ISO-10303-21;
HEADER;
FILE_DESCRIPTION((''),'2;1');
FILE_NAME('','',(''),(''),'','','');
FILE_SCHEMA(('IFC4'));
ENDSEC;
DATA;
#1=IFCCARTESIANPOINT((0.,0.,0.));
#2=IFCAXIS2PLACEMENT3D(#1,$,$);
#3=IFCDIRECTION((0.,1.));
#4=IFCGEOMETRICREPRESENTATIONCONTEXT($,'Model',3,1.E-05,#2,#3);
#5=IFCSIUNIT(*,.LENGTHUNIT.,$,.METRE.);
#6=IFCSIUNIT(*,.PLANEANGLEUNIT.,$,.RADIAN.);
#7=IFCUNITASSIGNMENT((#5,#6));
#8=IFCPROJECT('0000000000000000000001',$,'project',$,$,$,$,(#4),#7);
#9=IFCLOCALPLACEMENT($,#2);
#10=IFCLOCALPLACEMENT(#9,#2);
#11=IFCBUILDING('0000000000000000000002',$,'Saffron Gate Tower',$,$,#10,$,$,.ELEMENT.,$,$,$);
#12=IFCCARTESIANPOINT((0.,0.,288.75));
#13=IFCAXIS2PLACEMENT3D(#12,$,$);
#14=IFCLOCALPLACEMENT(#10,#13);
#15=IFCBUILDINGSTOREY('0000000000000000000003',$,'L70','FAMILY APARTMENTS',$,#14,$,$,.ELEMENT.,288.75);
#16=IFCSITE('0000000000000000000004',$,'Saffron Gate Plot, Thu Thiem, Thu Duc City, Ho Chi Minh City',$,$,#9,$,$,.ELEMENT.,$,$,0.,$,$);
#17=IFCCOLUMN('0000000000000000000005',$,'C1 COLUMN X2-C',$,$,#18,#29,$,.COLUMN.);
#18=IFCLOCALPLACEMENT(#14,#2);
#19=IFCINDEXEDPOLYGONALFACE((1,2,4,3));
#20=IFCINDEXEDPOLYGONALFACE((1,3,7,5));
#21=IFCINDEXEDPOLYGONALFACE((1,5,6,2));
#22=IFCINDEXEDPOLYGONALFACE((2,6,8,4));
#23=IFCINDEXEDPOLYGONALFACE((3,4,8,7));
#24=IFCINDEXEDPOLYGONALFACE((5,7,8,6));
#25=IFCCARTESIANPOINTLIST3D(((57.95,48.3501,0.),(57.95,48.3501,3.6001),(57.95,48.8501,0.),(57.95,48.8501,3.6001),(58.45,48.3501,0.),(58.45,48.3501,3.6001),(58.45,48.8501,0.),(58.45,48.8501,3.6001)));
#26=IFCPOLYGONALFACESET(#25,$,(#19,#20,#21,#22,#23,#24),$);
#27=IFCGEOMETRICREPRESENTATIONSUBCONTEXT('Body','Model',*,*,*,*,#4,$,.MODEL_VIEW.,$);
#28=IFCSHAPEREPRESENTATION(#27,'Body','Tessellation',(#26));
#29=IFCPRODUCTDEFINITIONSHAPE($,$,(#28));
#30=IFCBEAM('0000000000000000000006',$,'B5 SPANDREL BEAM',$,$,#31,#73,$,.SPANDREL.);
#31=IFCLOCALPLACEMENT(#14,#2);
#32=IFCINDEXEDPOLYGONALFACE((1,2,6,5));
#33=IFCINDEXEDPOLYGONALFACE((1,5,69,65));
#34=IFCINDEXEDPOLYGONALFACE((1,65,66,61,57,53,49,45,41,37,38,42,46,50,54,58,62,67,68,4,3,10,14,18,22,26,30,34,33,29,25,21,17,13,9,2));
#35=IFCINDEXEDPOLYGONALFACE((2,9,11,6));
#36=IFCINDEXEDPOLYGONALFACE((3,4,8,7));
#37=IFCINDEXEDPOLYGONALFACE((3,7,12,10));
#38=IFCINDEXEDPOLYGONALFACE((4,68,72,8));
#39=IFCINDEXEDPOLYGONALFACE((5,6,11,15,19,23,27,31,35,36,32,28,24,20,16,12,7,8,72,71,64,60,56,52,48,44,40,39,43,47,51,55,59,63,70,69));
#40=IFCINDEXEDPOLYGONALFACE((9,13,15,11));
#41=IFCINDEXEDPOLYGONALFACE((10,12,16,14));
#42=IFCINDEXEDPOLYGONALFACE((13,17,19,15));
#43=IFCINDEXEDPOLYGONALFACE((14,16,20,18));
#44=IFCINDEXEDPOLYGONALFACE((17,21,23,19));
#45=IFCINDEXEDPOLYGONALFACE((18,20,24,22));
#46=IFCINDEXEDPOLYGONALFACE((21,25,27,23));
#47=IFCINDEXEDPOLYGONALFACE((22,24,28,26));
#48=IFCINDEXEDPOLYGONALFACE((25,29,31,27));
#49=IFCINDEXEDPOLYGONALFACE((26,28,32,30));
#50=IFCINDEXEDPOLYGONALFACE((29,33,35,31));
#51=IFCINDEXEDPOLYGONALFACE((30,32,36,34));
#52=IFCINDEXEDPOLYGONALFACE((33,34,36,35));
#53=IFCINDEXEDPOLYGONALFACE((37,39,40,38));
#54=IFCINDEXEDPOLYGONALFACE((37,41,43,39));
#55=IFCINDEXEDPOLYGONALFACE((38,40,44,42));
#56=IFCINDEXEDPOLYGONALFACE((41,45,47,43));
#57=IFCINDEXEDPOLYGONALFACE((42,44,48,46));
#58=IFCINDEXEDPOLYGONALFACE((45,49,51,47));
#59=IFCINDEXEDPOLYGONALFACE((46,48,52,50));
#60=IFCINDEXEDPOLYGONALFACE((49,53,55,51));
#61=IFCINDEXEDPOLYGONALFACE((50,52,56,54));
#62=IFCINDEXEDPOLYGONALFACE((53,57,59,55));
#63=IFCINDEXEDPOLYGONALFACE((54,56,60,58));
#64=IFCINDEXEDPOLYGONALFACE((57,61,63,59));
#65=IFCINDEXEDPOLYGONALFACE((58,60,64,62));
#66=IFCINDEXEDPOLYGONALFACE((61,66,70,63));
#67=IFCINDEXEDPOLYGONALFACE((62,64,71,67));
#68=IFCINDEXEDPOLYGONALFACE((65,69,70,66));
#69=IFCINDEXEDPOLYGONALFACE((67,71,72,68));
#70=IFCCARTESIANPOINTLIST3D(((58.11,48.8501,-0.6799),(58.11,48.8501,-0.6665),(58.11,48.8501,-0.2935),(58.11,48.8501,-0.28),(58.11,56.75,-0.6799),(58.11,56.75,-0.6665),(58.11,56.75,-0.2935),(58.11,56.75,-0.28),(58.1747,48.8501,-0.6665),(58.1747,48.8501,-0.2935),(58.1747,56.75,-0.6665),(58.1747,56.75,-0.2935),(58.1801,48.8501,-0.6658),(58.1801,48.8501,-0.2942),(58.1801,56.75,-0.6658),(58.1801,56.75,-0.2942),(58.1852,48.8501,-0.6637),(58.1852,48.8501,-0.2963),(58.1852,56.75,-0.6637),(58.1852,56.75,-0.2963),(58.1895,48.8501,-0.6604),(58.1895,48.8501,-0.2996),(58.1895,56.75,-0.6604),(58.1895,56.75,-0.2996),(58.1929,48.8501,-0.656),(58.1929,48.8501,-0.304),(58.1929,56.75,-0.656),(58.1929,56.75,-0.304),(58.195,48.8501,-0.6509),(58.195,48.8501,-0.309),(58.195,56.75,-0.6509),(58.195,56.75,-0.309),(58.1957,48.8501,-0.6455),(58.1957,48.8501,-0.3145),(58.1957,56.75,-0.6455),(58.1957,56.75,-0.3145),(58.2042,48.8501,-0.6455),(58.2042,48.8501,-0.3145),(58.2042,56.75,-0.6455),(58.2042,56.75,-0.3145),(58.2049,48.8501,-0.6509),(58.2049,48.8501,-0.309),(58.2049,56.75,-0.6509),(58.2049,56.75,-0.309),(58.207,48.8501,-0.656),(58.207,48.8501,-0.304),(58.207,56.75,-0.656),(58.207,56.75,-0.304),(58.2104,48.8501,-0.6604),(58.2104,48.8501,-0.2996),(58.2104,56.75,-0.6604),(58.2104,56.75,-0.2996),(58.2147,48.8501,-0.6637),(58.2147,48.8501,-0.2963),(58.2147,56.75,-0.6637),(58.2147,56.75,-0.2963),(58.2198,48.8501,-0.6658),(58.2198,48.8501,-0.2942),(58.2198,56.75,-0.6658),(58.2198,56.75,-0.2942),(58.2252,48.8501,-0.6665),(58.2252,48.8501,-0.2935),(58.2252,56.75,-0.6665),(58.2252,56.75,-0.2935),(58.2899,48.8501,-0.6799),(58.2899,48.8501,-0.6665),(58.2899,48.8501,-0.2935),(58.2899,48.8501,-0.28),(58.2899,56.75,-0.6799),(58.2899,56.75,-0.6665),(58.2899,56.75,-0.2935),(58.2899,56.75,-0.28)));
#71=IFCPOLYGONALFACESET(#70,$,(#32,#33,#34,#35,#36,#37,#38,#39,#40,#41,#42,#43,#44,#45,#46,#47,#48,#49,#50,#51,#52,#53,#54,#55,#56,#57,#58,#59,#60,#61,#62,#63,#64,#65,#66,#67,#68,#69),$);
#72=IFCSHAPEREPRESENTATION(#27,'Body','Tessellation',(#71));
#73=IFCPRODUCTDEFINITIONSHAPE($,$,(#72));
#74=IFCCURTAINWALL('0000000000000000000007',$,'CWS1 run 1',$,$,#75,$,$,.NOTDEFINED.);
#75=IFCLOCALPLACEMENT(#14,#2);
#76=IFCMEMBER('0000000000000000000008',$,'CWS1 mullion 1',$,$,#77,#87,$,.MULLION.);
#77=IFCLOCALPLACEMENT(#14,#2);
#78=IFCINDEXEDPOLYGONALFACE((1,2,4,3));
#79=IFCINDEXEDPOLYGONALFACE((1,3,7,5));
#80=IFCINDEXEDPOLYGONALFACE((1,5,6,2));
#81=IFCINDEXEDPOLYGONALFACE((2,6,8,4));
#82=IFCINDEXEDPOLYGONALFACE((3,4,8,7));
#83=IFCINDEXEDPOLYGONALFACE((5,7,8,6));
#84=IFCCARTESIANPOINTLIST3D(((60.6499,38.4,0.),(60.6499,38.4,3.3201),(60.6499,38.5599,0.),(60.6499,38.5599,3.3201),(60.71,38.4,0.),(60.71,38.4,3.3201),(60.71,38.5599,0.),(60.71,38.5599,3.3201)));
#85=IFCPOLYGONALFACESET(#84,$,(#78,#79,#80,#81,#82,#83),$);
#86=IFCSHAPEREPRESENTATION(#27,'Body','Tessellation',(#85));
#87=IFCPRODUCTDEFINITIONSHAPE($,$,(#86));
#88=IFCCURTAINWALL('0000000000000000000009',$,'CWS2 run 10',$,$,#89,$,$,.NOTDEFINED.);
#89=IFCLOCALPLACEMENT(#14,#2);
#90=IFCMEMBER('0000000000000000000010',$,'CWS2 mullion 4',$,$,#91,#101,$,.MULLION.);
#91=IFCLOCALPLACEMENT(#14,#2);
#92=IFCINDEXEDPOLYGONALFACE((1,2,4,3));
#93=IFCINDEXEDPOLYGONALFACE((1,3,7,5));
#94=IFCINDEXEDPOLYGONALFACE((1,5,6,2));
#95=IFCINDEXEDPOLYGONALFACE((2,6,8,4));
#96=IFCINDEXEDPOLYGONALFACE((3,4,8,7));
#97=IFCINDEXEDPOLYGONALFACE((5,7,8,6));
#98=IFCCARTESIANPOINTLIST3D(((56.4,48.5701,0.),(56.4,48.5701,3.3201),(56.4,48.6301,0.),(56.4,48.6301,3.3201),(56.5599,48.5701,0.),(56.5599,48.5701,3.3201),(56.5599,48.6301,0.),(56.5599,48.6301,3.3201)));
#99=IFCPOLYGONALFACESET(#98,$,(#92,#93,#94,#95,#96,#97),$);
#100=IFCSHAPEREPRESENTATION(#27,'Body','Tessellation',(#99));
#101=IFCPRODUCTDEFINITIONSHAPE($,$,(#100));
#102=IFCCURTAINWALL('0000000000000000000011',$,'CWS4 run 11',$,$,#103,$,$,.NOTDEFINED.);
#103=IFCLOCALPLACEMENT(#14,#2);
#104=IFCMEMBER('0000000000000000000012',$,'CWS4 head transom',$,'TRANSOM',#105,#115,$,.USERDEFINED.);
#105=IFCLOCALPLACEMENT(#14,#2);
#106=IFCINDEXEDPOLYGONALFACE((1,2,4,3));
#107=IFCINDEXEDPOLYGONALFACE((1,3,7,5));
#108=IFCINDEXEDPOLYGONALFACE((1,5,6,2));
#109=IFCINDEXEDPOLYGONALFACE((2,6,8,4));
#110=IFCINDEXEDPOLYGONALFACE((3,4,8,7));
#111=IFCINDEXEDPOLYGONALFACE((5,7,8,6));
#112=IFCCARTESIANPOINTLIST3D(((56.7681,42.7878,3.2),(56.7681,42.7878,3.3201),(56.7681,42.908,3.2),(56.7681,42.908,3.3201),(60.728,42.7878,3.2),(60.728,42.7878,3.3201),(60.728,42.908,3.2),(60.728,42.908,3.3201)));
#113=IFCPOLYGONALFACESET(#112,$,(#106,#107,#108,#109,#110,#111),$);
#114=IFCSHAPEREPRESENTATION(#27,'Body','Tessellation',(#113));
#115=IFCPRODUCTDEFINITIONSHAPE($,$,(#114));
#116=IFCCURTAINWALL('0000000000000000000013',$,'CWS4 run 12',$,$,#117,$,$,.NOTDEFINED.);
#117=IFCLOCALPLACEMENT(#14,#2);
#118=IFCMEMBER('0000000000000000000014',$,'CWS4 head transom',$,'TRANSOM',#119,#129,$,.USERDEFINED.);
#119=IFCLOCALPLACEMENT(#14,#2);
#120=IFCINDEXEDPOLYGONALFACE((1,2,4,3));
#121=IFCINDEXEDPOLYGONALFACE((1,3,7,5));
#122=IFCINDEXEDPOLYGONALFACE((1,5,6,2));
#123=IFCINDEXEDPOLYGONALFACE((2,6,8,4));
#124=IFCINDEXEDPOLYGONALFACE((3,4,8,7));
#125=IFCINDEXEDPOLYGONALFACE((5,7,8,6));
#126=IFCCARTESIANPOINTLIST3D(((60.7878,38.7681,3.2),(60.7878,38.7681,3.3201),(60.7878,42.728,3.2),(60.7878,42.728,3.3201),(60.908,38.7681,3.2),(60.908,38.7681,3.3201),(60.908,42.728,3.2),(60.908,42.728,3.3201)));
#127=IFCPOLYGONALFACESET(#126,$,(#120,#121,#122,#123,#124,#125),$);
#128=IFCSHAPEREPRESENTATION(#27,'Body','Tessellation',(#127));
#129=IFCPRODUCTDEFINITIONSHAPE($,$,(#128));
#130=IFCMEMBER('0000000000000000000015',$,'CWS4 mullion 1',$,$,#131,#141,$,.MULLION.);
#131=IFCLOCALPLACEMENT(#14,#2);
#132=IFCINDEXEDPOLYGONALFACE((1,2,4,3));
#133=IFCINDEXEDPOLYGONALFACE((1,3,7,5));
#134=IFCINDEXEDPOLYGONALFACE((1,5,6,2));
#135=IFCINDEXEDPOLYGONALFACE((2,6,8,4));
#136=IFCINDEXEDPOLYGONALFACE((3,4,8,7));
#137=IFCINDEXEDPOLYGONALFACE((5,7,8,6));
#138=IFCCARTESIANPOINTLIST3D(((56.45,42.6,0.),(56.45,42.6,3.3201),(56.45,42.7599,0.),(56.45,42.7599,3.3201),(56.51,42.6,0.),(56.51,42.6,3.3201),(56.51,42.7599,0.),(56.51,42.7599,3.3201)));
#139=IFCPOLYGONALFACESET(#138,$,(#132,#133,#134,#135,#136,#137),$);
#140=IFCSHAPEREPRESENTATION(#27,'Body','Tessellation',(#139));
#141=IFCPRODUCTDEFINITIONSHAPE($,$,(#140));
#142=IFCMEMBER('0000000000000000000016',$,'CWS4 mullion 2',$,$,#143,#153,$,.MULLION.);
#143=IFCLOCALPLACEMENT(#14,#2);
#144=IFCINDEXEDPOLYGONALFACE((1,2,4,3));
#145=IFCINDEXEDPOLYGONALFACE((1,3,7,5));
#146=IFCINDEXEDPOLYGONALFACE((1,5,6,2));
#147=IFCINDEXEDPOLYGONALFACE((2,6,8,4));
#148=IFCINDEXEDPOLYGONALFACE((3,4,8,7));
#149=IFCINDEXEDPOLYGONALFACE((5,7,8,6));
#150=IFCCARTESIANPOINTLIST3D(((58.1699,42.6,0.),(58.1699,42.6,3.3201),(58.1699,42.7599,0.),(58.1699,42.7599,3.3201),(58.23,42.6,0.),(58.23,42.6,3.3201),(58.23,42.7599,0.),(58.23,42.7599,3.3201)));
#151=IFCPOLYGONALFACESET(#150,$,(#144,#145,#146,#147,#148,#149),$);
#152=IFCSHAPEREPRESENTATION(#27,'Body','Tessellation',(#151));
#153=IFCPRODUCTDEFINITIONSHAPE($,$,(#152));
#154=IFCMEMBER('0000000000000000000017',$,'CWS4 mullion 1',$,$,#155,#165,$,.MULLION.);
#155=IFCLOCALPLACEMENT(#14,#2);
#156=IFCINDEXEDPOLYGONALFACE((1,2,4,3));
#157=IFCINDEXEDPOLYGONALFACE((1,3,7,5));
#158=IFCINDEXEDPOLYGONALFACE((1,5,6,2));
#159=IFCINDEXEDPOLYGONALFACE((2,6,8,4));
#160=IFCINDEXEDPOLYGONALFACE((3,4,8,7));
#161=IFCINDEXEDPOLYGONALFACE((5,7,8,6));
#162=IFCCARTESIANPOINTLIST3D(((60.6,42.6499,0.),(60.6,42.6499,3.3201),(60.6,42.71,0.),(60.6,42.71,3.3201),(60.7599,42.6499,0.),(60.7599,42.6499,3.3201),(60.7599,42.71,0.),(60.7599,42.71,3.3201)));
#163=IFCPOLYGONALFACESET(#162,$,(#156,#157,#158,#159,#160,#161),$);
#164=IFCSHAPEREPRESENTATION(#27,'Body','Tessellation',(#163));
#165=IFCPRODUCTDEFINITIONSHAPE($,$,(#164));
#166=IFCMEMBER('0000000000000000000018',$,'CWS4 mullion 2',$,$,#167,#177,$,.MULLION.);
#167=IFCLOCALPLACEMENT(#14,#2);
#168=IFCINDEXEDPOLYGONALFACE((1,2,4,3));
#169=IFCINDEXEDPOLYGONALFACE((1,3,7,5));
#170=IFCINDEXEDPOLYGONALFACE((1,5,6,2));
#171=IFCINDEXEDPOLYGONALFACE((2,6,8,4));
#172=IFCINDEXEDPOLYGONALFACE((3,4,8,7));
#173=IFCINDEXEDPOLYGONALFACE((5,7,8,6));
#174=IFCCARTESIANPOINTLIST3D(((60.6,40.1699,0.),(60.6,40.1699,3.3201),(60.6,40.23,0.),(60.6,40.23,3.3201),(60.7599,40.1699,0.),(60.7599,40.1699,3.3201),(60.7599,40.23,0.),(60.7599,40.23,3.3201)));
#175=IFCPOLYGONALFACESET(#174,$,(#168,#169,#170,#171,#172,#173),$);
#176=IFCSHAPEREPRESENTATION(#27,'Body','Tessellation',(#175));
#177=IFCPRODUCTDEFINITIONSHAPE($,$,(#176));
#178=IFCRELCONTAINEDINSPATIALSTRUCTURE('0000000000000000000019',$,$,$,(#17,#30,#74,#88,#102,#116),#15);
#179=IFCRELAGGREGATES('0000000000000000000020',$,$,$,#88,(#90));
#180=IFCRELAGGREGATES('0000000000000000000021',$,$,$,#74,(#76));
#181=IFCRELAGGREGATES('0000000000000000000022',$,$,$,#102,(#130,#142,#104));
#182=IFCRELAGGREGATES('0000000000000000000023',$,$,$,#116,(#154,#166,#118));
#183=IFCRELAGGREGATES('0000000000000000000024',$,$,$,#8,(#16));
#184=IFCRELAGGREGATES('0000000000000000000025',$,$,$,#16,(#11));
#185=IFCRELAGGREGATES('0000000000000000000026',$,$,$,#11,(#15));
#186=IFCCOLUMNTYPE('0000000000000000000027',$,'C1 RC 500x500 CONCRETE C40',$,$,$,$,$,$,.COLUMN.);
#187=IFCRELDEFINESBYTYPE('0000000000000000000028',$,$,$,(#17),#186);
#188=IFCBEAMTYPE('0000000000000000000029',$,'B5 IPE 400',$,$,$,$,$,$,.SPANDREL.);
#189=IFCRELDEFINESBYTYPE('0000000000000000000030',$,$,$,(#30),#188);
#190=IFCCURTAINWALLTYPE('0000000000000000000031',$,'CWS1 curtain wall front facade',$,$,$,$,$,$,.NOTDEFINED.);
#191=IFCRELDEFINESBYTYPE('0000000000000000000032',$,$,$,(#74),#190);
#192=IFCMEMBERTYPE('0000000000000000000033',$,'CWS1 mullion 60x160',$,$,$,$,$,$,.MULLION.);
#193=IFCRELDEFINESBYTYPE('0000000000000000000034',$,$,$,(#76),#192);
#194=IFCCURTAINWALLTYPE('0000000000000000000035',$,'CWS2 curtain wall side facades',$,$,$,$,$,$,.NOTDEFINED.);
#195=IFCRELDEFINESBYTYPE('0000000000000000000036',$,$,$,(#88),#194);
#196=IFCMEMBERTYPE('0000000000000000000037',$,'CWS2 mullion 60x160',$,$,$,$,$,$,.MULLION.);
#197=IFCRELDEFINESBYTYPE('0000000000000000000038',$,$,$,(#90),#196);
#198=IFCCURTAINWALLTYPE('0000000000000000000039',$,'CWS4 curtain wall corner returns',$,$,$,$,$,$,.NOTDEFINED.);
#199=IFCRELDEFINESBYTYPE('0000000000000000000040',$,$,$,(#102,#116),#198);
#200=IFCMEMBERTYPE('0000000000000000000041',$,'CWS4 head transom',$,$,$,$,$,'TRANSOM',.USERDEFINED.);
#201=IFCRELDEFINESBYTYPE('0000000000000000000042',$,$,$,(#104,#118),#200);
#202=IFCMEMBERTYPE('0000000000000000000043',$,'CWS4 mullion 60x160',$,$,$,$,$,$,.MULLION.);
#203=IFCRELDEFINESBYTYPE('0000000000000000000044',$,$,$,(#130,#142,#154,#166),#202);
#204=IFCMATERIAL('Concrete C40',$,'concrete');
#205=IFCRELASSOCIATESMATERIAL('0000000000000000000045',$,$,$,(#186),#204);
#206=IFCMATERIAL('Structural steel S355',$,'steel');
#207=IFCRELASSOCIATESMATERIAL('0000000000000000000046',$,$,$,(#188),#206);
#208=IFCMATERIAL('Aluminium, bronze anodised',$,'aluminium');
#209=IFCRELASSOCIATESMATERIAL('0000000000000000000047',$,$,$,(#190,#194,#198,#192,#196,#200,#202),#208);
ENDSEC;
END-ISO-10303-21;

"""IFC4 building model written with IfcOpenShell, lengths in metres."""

from ifc_helpers import new_model, si_unit, direction, frame, origin, origin_2d, place, context, subcontext, project, spatial, rectangle, i_section, extrude, material, material_profile, profile_set, type_object, element, aggregate, save


model = new_model("IFC4")

# Units and contexts
model_context = context("Model", 3, precision=1e-05, world=origin(), true_north=direction((0.0, 1.0)))
body_context = subcontext(model_context, "Body", "Model", "MODEL_VIEW")
ifc_project = project(units=[si_unit("LENGTHUNIT", "METRE"), si_unit("PLANEANGLEUNIT", "RADIAN")], contexts=[model_context])

# Site, building, storey
site_placement = place(None, origin())
site = spatial("IfcSite", under=ifc_project, at=site_placement, Name="Saffron Gate Plot, Thu Thiem, Thu Duc City, Ho Chi Minh City", CompositionType="ELEMENT", RefElevation=0.0)
building_placement = place(site_placement, origin())
building = spatial("IfcBuilding", under=site, at=building_placement, Name="Saffron Gate Tower", CompositionType="ELEMENT")
storey_placement = place(building_placement, frame((0.0, 0.0, 288.75)))
storey = spatial("IfcBuildingStorey", under=building, at=storey_placement, Name="L70", Description="FAMILY APARTMENTS", CompositionType="ELEMENT", Elevation=288.75)

# Column
ifc_material_1 = material(Name="Concrete C40", Category="concrete")
ifc_material_profile_1 = material_profile(ifc_material_1, rectangle(XDim=0.5, YDim=0.5, at=origin_2d()))
ifc_profile_set_1 = profile_set([ifc_material_profile_1], Name="Concrete C40")
column_type = type_object("IfcColumnType", Name="C1 RC 500x500 CONCRETE C40", PredefinedType="COLUMN", material=ifc_profile_set_1)
column_placement = place(storey_placement, frame((58.2, 48.6001, 0.0), z_axis=(0.0, 0.0, 1.0), x_axis=(1.0, 0.0, 0.0)))
element("IfcColumn", 1, at=column_placement, inside=storey, type_object=column_type, Name="C1 COLUMN X2-C", PredefinedType="COLUMN", context=body_context, shape_type="SweptSolid", body=[
    extrude(rectangle(XDim=0.5, YDim=0.5, at=origin_2d()), origin(), (0.0, 0.0, 1.0), 3.6001),
])

# Beam
ifc_material_2 = material(Name="Structural steel S355", Category="steel")
ifc_material_profile_2 = material_profile(ifc_material_2, i_section(OverallWidth=0.1799, OverallDepth=0.3999, WebThickness=0.0085, FlangeThickness=0.0134, FilletRadius=0.021, at=origin_2d()))
ifc_profile_set_2 = profile_set([ifc_material_profile_2], Name="Structural steel S355")
beam_type = type_object("IfcBeamType", Name="B5 IPE 400", PredefinedType="SPANDREL", material=ifc_profile_set_2)
beam_placement = place(storey_placement, frame((58.2, 48.8501, -0.48), z_axis=(0.0, 1.0, 0.0), x_axis=(-1.0, 0.0, 0.0)))
element("IfcBeam", 2, at=beam_placement, inside=storey, type_object=beam_type, Name="B5 SPANDREL BEAM", PredefinedType="SPANDREL", context=body_context, shape_type="SweptSolid", body=[
    extrude(i_section(OverallWidth=0.1799, OverallDepth=0.3999, WebThickness=0.0085, FlangeThickness=0.0134, FilletRadius=0.021, at=origin_2d()), origin(), (0.0, 0.0, 1.0), 7.8999),
])

# Curtain walls, members
ifc_material_3 = material(Name="Aluminium, bronze anodised", Category="aluminium")
curtain_wall_type_1 = type_object("IfcCurtainWallType", Name="CWS1 curtain wall front facade", PredefinedType="NOTDEFINED", material=ifc_material_3)
curtain_wall_1_placement = place(storey_placement, origin())
curtain_wall_1 = element("IfcCurtainWall", 3, at=curtain_wall_1_placement, inside=storey, type_object=curtain_wall_type_1, Name="CWS1 run 1", PredefinedType="NOTDEFINED")
ifc_material_profile_3 = material_profile(ifc_material_3, rectangle(XDim=0.1599, YDim=0.0601, at=origin_2d()))
ifc_profile_set_3 = profile_set([ifc_material_profile_3], Name="Aluminium, bronze anodised")
member_type_1 = type_object("IfcMemberType", Name="CWS1 mullion 60x160", PredefinedType="MULLION", material=ifc_profile_set_3)
member_1_placement = place(storey_placement, frame((60.6799, 38.48, 0.0), z_axis=(0.0, 0.0, 1.0), x_axis=(0.0, 1.0, 0.0)))
member_1 = element("IfcMember", 4, at=member_1_placement, type_object=member_type_1, Name="CWS1 mullion 1", PredefinedType="MULLION", context=body_context, shape_type="SweptSolid", body=[
    extrude(rectangle(XDim=0.1599, YDim=0.0601, at=origin_2d()), origin(), (0.0, 0.0, 1.0), 3.3201),
])
curtain_wall_type_2 = type_object("IfcCurtainWallType", Name="CWS2 curtain wall side facades", PredefinedType="NOTDEFINED", material=ifc_material_3)
curtain_wall_2_placement = place(storey_placement, origin())
curtain_wall_2 = element("IfcCurtainWall", 5, at=curtain_wall_2_placement, inside=storey, type_object=curtain_wall_type_2, Name="CWS2 run 10", PredefinedType="NOTDEFINED")
ifc_material_profile_4 = material_profile(ifc_material_3, rectangle(XDim=0.1599, YDim=0.0601, at=origin_2d()))
ifc_profile_set_4 = profile_set([ifc_material_profile_4], Name="Aluminium, bronze anodised")
member_type_2 = type_object("IfcMemberType", Name="CWS2 mullion 60x160", PredefinedType="MULLION", material=ifc_profile_set_4)
member_2_placement = place(storey_placement, frame((56.48, 48.6001, 0.0), z_axis=(0.0, 0.0, 1.0), x_axis=(1.0, 0.0, 0.0)))
member_2 = element("IfcMember", 6, at=member_2_placement, type_object=member_type_2, Name="CWS2 mullion 4", PredefinedType="MULLION", context=body_context, shape_type="SweptSolid", body=[
    extrude(rectangle(XDim=0.1599, YDim=0.0601, at=origin_2d()), origin(), (0.0, 0.0, 1.0), 3.3201),
])
aggregate(curtain_wall_2, [member_2])
curtain_wall_type_3 = type_object("IfcCurtainWallType", Name="CWS4 curtain wall corner returns", PredefinedType="NOTDEFINED", material=ifc_material_3)
curtain_wall_3_placement = place(storey_placement, origin())
curtain_wall_3 = element("IfcCurtainWall", 7, at=curtain_wall_3_placement, inside=storey, type_object=curtain_wall_type_3, Name="CWS4 run 11", PredefinedType="NOTDEFINED")
ifc_material_profile_5 = material_profile(ifc_material_3, rectangle(XDim=0.1201, YDim=0.1201, at=origin_2d()))
ifc_profile_set_5 = profile_set([ifc_material_profile_5], Name="Aluminium, bronze anodised")
member_type_3 = type_object("IfcMemberType", Name="CWS4 head transom", ElementType="TRANSOM", PredefinedType="USERDEFINED", material=ifc_profile_set_5)
member_3_placement = place(storey_placement, frame((56.7681, 42.8479, 3.26), z_axis=(1.0, 0.0, 0.0), x_axis=(0.0, 1.0, 0.0)))
member_3 = element("IfcMember", 8, at=member_3_placement, type_object=member_type_3, Name="CWS4 head transom", ObjectType="TRANSOM", PredefinedType="USERDEFINED", context=body_context, shape_type="SweptSolid", body=[
    extrude(rectangle(XDim=0.1201, YDim=0.1201, at=origin_2d()), origin(), (0.0, 0.0, 1.0), 3.96),
])
curtain_wall_4_placement = place(storey_placement, origin())
curtain_wall_4 = element("IfcCurtainWall", 9, at=curtain_wall_4_placement, inside=storey, type_object=curtain_wall_type_3, Name="CWS4 run 12", PredefinedType="NOTDEFINED")
member_4_placement = place(storey_placement, frame((60.8479, 42.728, 3.26), z_axis=(0.0, -1.0, 0.0), x_axis=(1.0, 0.0, 0.0)))
member_4 = element("IfcMember", 10, at=member_4_placement, type_object=member_type_3, Name="CWS4 head transom", ObjectType="TRANSOM", PredefinedType="USERDEFINED", context=body_context, shape_type="SweptSolid", body=[
    extrude(rectangle(XDim=0.1201, YDim=0.1201, at=origin_2d()), origin(), (0.0, 0.0, 1.0), 3.96),
])

# Members
ifc_material_profile_6 = material_profile(ifc_material_3, rectangle(XDim=0.1599, YDim=0.0601, at=origin_2d()))
ifc_profile_set_6 = profile_set([ifc_material_profile_6], Name="Aluminium, bronze anodised")
member_type_4 = type_object("IfcMemberType", Name="CWS4 mullion 60x160", PredefinedType="MULLION", material=ifc_profile_set_6)
member_5_placement = place(storey_placement, frame((56.48, 42.6799, 0.0), z_axis=(0.0, 0.0, 1.0), x_axis=(0.0, 1.0, 0.0)))
member_5 = element("IfcMember", 11, at=member_5_placement, type_object=member_type_4, Name="CWS4 mullion 1", PredefinedType="MULLION", context=body_context, shape_type="SweptSolid", body=[
    extrude(rectangle(XDim=0.1599, YDim=0.0601, at=origin_2d()), origin(), (0.0, 0.0, 1.0), 3.3201),
])
member_6_placement = place(storey_placement, frame((58.2, 42.6799, 0.0), z_axis=(0.0, 0.0, 1.0), x_axis=(0.0, 1.0, 0.0)))
member_6 = element("IfcMember", 12, at=member_6_placement, type_object=member_type_4, Name="CWS4 mullion 2", PredefinedType="MULLION", context=body_context, shape_type="SweptSolid", body=[
    extrude(rectangle(XDim=0.1599, YDim=0.0601, at=origin_2d()), origin(), (0.0, 0.0, 1.0), 3.3201),
])
member_7_placement = place(storey_placement, frame((60.6799, 42.6799, 0.0), z_axis=(0.0, 0.0, 1.0), x_axis=(1.0, 0.0, 0.0)))
member_7 = element("IfcMember", 13, at=member_7_placement, type_object=member_type_4, Name="CWS4 mullion 1", PredefinedType="MULLION", context=body_context, shape_type="SweptSolid", body=[
    extrude(rectangle(XDim=0.1599, YDim=0.0601, at=origin_2d()), origin(), (0.0, 0.0, 1.0), 3.3201),
])
member_8_placement = place(storey_placement, frame((60.6799, 40.2, 0.0), z_axis=(0.0, 0.0, 1.0), x_axis=(1.0, 0.0, 0.0)))
member_8 = element("IfcMember", 14, at=member_8_placement, type_object=member_type_4, Name="CWS4 mullion 2", PredefinedType="MULLION", context=body_context, shape_type="SweptSolid", body=[
    extrude(rectangle(XDim=0.1599, YDim=0.0601, at=origin_2d()), origin(), (0.0, 0.0, 1.0), 3.3201),
])

aggregate(curtain_wall_1, [member_1])

aggregate(curtain_wall_3, [member_5, member_6, member_3])
aggregate(curtain_wall_4, [member_7, member_8, member_4])

save(model, "model.ifc")
